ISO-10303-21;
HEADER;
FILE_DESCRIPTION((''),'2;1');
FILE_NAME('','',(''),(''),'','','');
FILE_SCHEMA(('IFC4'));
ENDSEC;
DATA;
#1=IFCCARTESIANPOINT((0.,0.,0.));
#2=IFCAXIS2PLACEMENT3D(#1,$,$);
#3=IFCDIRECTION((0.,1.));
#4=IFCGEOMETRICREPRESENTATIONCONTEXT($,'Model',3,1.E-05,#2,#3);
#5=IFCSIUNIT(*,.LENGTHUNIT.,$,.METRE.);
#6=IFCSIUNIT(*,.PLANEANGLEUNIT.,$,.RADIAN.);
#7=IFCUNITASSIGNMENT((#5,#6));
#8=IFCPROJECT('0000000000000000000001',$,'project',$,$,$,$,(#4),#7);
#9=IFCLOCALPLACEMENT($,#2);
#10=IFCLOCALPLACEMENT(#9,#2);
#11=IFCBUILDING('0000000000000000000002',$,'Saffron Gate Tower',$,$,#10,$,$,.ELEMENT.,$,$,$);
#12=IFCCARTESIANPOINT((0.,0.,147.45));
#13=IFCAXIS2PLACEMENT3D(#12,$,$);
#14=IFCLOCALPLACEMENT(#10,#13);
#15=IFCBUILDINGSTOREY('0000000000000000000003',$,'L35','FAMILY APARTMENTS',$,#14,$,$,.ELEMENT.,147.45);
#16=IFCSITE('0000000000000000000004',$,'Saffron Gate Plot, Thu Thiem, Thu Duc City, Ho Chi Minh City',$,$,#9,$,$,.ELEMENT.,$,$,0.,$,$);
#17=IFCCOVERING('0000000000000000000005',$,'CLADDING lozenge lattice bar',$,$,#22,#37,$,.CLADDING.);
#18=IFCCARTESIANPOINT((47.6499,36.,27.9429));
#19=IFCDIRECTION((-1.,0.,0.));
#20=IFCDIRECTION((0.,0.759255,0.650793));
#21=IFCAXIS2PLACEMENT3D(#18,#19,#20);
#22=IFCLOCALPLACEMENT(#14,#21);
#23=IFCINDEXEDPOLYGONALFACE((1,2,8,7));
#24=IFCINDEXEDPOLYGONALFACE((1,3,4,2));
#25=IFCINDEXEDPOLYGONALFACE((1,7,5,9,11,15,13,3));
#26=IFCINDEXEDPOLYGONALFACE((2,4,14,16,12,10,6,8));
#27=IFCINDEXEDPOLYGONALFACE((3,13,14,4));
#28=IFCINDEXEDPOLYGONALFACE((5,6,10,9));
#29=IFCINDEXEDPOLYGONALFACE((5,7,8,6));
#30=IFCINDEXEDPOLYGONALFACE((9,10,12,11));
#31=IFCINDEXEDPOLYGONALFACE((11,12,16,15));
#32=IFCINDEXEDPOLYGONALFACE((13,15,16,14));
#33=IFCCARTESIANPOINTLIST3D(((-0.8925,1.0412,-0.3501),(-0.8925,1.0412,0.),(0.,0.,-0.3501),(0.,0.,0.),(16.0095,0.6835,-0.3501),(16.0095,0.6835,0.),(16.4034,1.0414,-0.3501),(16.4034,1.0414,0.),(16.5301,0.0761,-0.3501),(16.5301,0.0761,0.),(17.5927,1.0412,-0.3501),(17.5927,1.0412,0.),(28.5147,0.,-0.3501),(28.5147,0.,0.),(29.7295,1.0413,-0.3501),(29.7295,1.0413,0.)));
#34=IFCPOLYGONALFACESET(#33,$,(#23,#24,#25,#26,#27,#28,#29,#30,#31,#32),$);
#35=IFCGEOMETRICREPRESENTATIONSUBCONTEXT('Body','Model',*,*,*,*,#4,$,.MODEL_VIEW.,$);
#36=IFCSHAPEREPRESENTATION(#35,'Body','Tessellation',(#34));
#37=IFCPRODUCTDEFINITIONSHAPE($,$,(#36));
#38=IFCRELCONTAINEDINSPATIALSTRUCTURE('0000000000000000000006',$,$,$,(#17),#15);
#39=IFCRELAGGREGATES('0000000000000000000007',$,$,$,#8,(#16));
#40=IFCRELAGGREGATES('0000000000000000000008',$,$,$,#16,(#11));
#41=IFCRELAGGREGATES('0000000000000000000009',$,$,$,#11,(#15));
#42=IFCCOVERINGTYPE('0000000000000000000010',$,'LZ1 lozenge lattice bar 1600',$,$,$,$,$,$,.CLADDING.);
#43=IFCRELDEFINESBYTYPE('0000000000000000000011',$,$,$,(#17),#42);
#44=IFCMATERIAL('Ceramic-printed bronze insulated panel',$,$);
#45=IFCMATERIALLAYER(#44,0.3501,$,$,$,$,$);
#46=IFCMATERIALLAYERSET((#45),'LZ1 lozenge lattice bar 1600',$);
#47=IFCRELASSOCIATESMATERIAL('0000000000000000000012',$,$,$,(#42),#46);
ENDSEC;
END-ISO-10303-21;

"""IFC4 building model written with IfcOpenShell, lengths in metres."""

from ifc_helpers import new_model, si_unit, direction, frame, origin, place, context, subcontext, project, spatial, polyline, outline, extrude, material, layer, layer_set, type_object, element, save


model = new_model("IFC4")

# Units and contexts
model_context = context("Model", 3, precision=1e-05, world=origin(), true_north=direction((0.0, 1.0)))
body_context = subcontext(model_context, "Body", "Model", "MODEL_VIEW")
ifc_project = project(units=[si_unit("LENGTHUNIT", "METRE"), si_unit("PLANEANGLEUNIT", "RADIAN")], contexts=[model_context])

# Site, building, storey
site_placement = place(None, origin())
site = spatial("IfcSite", under=ifc_project, at=site_placement, Name="Saffron Gate Plot, Thu Thiem, Thu Duc City, Ho Chi Minh City", CompositionType="ELEMENT", RefElevation=0.0)
building_placement = place(site_placement, origin())
building = spatial("IfcBuilding", under=site, at=building_placement, Name="Saffron Gate Tower", CompositionType="ELEMENT")
storey_placement = place(building_placement, frame((0.0, 0.0, 147.45)))
storey = spatial("IfcBuildingStorey", under=building, at=storey_placement, Name="L35", Description="FAMILY APARTMENTS", CompositionType="ELEMENT", Elevation=147.45)

# Covering
ifc_material_1 = material(Name="Ceramic-printed bronze insulated panel")
ifc_layer_1 = layer(ifc_material_1, 0.3501)
ifc_layer_set_1 = layer_set([ifc_layer_1], Name="LZ1 lozenge lattice bar 1600")
covering_type = type_object("IfcCoveringType", Name="LZ1 lozenge lattice bar 1600", PredefinedType="CLADDING", material=ifc_layer_set_1)
covering_1_placement = place(storey_placement, frame((47.6499, 36.0, 27.9429), z_axis=(-1.0, 0.0, 0.0), x_axis=(0.0, 0.759255, 0.650793)))
element("IfcCovering", 1, at=covering_1_placement, inside=storey, type_object=covering_type, Name="CLADDING lozenge lattice bar", PredefinedType="CLADDING", context=body_context, shape_type="SweptSolid", body=[
    extrude(outline(polyline([(0.0, 0.0), (28.5147, 0.0), (29.7295, 1.0413), (17.5927, 1.0412), (16.5301, 0.0761), (16.0095, 0.6835), (16.4034, 1.0414), (-0.8925, 1.0412), (0.0, 0.0)])), origin(), (0.0, 0.0, -1.0), 0.3501),
])

save(model, "model.ifc")
